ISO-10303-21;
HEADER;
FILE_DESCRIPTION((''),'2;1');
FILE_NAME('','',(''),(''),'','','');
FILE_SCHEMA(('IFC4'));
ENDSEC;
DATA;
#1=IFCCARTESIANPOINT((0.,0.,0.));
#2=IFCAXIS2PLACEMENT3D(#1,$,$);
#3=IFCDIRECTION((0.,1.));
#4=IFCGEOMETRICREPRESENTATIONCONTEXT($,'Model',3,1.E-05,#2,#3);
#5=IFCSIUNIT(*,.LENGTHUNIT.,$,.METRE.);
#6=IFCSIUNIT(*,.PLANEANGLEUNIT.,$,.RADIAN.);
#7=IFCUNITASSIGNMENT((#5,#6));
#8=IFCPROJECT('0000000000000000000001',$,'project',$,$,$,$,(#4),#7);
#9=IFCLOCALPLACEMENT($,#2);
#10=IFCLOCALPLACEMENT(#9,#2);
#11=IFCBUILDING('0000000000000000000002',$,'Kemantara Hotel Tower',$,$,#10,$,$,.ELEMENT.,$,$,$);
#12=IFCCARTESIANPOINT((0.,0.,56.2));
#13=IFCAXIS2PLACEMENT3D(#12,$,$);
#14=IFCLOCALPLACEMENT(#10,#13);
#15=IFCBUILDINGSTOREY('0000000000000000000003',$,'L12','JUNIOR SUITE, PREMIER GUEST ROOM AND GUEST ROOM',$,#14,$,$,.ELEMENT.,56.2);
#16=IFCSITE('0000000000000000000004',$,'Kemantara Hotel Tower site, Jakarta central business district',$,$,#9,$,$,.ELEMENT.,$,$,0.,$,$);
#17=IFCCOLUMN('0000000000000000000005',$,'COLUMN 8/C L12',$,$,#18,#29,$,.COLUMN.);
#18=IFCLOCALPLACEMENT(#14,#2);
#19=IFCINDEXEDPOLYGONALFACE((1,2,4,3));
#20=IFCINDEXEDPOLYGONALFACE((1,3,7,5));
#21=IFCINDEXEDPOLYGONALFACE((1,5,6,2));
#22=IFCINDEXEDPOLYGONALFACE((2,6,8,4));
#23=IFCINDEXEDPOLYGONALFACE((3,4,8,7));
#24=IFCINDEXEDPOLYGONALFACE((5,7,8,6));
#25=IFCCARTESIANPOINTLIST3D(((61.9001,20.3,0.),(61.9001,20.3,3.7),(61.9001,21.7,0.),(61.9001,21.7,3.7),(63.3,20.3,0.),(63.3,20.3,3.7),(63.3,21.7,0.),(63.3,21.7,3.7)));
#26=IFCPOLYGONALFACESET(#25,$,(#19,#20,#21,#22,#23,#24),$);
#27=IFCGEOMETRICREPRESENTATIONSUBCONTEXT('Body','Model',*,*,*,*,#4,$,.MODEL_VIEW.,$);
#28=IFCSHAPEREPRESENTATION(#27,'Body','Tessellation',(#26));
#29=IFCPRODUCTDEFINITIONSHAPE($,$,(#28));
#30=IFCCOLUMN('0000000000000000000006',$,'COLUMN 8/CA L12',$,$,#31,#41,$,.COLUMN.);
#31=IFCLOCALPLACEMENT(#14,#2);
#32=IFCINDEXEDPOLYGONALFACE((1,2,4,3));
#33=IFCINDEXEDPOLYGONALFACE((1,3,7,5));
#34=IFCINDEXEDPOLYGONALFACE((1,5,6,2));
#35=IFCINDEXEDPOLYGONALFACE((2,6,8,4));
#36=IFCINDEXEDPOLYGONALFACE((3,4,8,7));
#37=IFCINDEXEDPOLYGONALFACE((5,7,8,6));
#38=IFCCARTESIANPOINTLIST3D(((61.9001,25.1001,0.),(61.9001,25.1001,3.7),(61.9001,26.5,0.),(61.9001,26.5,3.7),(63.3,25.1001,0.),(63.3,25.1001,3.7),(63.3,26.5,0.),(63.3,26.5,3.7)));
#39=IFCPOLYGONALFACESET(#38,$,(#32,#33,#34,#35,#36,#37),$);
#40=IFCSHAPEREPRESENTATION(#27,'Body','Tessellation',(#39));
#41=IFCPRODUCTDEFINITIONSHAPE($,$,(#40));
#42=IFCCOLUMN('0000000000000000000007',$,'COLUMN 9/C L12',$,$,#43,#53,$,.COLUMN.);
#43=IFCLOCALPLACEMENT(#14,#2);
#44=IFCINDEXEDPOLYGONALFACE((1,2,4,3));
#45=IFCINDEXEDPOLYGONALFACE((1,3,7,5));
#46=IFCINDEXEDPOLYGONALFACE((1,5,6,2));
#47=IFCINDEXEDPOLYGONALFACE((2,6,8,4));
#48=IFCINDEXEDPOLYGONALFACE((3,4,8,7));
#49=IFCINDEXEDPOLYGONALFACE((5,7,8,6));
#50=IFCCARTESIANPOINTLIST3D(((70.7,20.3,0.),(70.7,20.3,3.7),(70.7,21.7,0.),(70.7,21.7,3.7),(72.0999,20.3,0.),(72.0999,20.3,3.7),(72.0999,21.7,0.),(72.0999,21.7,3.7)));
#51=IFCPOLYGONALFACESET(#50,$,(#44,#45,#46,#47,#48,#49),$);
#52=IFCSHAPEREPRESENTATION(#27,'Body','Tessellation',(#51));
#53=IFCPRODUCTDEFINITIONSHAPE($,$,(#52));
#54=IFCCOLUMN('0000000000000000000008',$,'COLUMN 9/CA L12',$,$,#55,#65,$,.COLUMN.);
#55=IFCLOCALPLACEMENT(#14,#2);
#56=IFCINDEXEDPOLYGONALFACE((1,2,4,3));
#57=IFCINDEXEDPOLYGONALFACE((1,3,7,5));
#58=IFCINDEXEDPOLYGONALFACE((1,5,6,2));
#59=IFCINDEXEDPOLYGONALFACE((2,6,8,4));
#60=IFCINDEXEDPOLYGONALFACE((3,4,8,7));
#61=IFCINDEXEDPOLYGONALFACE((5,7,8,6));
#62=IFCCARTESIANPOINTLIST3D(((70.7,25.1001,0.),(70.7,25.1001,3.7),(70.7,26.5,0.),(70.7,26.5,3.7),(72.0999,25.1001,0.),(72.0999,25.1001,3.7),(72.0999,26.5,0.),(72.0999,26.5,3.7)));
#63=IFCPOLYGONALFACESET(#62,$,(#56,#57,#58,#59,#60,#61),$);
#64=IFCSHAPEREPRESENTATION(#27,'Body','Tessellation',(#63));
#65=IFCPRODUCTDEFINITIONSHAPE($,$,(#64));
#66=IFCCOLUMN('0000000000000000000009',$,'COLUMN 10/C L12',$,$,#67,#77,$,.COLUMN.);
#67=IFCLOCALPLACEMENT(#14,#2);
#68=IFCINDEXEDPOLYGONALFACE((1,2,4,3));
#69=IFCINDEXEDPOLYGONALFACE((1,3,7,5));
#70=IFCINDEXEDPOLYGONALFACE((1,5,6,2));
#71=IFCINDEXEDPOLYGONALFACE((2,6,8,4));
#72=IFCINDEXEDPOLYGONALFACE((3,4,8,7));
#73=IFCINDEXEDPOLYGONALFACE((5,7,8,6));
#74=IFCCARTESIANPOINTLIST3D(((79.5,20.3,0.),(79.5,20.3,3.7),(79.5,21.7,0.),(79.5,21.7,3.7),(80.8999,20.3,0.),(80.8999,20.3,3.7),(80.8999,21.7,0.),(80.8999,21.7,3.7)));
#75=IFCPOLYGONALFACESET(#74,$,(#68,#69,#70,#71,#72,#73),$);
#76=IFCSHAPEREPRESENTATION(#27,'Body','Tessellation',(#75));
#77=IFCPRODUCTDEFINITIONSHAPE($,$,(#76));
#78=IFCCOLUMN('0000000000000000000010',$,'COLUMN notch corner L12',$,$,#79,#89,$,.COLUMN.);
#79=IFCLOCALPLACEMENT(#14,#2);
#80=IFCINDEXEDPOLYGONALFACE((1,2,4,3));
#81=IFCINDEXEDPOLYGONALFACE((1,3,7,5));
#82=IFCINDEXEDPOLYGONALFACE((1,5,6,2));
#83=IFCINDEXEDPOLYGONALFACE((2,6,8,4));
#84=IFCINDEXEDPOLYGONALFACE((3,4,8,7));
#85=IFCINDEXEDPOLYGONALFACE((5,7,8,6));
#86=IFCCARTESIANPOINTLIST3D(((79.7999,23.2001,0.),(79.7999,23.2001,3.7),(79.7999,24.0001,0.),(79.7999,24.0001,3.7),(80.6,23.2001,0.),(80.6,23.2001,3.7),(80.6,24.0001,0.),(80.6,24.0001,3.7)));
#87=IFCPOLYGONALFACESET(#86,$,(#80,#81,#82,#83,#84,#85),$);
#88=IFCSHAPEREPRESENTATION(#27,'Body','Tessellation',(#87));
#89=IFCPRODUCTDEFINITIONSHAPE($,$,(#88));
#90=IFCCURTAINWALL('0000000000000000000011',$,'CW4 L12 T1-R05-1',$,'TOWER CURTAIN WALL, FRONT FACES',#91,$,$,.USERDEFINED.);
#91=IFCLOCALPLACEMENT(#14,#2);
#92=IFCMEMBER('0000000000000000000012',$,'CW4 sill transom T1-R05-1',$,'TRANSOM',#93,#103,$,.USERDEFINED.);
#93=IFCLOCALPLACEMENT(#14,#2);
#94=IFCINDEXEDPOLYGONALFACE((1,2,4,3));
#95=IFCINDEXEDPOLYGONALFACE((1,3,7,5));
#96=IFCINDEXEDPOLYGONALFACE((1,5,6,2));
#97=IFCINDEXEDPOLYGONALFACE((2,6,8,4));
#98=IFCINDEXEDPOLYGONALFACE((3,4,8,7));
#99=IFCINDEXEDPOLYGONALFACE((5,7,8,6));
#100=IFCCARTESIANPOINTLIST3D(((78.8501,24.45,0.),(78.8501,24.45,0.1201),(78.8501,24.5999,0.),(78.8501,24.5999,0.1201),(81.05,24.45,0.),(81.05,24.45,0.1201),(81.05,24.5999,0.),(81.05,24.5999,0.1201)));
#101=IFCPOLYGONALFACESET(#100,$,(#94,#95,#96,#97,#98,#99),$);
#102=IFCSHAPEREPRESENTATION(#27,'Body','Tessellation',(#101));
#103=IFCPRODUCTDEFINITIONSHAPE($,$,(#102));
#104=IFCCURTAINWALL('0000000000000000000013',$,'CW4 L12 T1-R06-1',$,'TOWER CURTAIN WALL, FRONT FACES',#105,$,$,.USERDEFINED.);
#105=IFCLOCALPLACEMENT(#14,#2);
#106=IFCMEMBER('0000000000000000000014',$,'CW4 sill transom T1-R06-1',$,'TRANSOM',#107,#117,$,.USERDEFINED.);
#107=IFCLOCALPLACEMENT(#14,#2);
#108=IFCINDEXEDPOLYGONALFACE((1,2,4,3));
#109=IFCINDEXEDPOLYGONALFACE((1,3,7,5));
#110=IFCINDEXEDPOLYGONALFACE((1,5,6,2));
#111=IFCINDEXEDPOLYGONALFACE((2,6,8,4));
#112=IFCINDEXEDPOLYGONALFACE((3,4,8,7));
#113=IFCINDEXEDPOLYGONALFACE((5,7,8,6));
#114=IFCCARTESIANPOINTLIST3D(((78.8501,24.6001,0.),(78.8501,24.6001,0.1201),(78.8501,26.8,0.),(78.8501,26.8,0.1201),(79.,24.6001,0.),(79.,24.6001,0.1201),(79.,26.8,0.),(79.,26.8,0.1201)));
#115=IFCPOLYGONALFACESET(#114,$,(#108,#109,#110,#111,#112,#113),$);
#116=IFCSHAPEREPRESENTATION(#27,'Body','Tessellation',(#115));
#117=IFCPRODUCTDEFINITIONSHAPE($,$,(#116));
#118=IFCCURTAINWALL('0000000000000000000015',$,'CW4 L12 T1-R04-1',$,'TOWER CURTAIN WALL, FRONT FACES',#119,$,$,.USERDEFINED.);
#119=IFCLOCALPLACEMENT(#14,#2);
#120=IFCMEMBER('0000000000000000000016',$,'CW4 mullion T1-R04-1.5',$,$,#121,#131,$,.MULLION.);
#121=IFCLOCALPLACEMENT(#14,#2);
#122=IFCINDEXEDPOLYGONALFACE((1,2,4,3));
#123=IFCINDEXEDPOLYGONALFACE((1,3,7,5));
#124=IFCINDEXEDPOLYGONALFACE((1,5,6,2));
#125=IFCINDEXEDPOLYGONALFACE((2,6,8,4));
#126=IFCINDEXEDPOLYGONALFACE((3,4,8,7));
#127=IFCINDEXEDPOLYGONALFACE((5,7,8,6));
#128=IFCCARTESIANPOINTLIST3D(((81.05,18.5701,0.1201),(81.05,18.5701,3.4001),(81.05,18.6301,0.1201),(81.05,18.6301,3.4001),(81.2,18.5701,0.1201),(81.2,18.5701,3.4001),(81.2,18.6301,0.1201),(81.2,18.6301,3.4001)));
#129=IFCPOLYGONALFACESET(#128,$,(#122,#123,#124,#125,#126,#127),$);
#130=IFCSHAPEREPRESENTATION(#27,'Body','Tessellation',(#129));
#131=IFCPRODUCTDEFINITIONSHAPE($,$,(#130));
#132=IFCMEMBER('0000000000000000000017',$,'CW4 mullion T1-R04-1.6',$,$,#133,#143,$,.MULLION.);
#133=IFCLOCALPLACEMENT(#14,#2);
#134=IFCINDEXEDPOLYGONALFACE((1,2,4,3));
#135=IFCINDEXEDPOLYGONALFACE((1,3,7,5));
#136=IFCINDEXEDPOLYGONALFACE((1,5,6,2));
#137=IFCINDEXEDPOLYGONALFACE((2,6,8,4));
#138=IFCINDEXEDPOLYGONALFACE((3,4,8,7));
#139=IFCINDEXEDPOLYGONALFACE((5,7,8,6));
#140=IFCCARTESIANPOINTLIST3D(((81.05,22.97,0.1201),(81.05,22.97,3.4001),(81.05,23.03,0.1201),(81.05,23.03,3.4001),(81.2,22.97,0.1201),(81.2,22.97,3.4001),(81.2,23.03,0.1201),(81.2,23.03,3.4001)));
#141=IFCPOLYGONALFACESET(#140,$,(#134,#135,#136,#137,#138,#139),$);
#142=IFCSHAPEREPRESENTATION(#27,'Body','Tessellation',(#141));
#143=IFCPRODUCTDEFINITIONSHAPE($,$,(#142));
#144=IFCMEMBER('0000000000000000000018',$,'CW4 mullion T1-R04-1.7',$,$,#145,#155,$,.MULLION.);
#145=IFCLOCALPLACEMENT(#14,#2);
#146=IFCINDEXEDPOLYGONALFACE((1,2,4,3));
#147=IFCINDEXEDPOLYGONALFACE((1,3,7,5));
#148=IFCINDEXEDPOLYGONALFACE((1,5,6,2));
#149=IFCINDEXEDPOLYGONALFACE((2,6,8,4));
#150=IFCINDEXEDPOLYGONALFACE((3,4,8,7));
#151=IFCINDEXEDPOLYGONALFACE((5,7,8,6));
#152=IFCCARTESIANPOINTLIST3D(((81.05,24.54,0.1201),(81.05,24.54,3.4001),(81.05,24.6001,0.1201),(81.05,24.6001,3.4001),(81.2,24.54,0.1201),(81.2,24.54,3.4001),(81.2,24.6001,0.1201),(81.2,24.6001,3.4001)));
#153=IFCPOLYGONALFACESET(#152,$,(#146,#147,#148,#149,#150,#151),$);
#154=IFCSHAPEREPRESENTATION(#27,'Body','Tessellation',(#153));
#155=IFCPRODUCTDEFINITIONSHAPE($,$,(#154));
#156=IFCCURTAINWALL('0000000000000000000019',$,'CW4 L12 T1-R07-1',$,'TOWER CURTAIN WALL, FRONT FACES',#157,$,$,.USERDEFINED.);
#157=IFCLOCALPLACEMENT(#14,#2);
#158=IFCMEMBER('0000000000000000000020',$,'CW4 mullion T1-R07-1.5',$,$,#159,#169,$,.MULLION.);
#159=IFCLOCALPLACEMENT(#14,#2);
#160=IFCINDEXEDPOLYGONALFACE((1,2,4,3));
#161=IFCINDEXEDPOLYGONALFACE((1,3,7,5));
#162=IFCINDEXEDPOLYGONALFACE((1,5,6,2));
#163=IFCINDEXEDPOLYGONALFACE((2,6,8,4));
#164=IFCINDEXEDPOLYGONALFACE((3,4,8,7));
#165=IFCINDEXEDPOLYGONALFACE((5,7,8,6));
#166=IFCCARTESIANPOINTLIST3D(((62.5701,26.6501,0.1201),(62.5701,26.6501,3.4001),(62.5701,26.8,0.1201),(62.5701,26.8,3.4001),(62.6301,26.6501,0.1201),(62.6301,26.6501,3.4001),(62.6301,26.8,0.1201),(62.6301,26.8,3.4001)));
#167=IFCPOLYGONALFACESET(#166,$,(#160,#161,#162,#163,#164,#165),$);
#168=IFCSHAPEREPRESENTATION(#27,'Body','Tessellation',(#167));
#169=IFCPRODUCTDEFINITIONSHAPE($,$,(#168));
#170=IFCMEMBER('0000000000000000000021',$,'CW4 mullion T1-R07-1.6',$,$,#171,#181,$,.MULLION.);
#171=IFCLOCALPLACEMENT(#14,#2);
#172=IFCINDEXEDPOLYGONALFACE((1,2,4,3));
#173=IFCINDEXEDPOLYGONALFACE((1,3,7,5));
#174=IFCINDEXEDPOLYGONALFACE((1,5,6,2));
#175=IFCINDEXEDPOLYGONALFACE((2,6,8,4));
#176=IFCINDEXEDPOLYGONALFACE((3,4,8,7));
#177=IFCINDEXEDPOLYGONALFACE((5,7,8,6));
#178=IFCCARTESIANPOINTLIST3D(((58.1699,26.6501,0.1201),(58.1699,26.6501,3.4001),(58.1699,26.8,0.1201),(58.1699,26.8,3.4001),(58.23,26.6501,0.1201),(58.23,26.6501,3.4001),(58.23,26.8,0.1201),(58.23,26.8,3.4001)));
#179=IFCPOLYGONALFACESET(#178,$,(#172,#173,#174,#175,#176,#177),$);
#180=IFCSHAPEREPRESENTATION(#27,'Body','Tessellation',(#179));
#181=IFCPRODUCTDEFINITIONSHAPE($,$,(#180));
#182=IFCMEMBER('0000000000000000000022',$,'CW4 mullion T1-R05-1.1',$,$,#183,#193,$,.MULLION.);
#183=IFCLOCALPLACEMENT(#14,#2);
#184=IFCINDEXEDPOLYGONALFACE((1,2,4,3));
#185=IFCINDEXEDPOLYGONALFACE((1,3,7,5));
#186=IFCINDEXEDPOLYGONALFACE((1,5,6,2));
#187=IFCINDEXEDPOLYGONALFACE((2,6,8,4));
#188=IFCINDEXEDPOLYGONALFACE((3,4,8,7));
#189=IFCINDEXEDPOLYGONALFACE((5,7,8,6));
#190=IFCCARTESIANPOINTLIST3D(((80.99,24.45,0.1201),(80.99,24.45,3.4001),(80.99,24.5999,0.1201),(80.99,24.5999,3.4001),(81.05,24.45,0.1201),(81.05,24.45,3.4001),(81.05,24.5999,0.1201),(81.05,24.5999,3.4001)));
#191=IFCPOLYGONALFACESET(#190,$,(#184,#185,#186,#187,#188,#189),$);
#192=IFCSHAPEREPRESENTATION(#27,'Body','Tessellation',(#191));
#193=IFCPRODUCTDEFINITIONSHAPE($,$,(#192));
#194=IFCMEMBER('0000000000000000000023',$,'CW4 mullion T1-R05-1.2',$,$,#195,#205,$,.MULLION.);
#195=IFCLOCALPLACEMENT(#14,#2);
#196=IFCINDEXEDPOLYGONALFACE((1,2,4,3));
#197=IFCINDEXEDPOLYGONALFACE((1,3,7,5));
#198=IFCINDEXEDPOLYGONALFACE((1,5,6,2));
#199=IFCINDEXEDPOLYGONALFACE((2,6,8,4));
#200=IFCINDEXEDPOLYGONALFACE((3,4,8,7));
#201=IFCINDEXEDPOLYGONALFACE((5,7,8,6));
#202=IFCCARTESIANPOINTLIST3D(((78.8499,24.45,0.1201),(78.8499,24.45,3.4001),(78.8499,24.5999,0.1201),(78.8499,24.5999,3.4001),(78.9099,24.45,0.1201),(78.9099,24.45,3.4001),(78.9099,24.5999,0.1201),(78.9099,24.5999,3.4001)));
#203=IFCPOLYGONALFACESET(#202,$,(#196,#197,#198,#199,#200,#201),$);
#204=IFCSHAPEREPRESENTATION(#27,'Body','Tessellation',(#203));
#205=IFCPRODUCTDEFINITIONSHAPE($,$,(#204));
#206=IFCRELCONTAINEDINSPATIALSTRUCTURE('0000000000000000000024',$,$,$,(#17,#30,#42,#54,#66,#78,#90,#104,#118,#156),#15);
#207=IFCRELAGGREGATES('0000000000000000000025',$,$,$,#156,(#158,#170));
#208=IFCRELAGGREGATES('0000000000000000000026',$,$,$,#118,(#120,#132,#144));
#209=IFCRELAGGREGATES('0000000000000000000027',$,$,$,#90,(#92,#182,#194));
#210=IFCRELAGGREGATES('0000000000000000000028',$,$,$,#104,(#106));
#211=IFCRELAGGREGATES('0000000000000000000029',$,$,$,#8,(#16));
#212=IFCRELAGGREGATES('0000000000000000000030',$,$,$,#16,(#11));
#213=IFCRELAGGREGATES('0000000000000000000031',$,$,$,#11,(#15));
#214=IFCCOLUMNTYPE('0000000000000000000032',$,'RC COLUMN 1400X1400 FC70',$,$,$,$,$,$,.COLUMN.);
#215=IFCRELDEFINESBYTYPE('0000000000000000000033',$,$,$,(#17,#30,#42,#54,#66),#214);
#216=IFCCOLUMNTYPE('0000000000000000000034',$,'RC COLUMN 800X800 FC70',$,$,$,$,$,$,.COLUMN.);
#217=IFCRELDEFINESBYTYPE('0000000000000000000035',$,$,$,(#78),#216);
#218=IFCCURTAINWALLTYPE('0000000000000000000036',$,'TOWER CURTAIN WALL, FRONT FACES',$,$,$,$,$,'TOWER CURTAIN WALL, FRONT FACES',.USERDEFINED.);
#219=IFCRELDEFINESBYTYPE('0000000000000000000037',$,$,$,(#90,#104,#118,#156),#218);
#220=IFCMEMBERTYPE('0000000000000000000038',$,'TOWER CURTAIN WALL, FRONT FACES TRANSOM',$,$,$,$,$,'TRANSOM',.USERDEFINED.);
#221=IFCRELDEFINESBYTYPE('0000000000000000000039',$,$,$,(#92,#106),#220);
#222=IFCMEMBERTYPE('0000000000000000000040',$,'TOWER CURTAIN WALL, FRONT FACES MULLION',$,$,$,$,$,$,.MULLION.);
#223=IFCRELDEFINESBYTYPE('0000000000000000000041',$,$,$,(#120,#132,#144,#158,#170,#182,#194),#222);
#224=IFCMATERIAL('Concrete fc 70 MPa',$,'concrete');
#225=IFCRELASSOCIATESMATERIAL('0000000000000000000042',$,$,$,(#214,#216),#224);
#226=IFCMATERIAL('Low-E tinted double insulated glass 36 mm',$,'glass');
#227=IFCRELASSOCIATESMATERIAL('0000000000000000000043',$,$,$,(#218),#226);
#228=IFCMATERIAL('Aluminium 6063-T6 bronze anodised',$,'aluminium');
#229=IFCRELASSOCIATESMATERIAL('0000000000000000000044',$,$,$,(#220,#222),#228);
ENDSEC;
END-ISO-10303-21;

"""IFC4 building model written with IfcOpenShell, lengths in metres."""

from ifc_helpers import new_model, si_unit, direction, frame, origin, origin_2d, place, context, subcontext, project, spatial, rectangle, extrude, source, transform, mapped, material, material_profile, profile_set, type_object, element, aggregate, save


model = new_model("IFC4")

# Units and contexts
model_context = context("Model", 3, precision=1e-05, world=origin(), true_north=direction((0.0, 1.0)))
body_context = subcontext(model_context, "Body", "Model", "MODEL_VIEW")
ifc_project = project(units=[si_unit("LENGTHUNIT", "METRE"), si_unit("PLANEANGLEUNIT", "RADIAN")], contexts=[model_context])

# Site, building, storey
site_placement = place(None, origin())
site = spatial("IfcSite", under=ifc_project, at=site_placement, Name="Kemantara Hotel Tower site, Jakarta central business district", CompositionType="ELEMENT", RefElevation=0.0)
building_placement = place(site_placement, origin())
building = spatial("IfcBuilding", under=site, at=building_placement, Name="Kemantara Hotel Tower", CompositionType="ELEMENT")
storey_placement = place(building_placement, frame((0.0, 0.0, 56.2)))
storey = spatial("IfcBuildingStorey", under=building, at=storey_placement, Name="L12", Description="JUNIOR SUITE, PREMIER GUEST ROOM AND GUEST ROOM", CompositionType="ELEMENT", Elevation=56.2)

# Columns
ifc_material_1 = material(Name="Concrete fc 70 MPa", Category="concrete")
ifc_material_profile_1 = material_profile(ifc_material_1, rectangle(XDim=1.3999, YDim=1.3999, at=origin_2d()), Name="RC 1400X1400")
ifc_profile_set_1 = profile_set([ifc_material_profile_1], Name="Concrete fc 70 MPa")
column_type_1 = type_object("IfcColumnType", Name="RC COLUMN 1400X1400 FC70", PredefinedType="COLUMN", material=ifc_profile_set_1)
for number, where, z_axis, x_axis, name in (
    (1, (62.6001, 21.0, 0.0), (0.0, 0.0, 1.0), (1.0, 0.0, 0.0), "COLUMN 8/C L12"),
    (2, (62.6001, 25.8, 0.0), (0.0, 0.0, 1.0), (1.0, 0.0, 0.0), "COLUMN 8/CA L12"),
    (3, (71.3999, 21.0, 0.0), (0.0, 0.0, 1.0), (1.0, 0.0, 0.0), "COLUMN 9/C L12"),
    (4, (71.3999, 25.8, 0.0), (0.0, 0.0, 1.0), (1.0, 0.0, 0.0), "COLUMN 9/CA L12"),
    (5, (80.2, 21.0, 0.0), (0.0, 0.0, 1.0), (1.0, 0.0, 0.0), "COLUMN 10/C L12"),
):
    element("IfcColumn", number, at=place(storey_placement, frame(where, z_axis=z_axis, x_axis=x_axis)), inside=storey, type_object=column_type_1, Name=name, PredefinedType="COLUMN", context=body_context, shape_type="SweptSolid", body=[
        extrude(rectangle(XDim=1.3999, YDim=1.3999, at=origin_2d()), origin(), (0.0, 0.0, 1.0), 3.7),
    ])
ifc_material_profile_2 = material_profile(ifc_material_1, rectangle(XDim=0.8, YDim=0.8, at=origin_2d()), Name="RC 800X800")
ifc_profile_set_2 = profile_set([ifc_material_profile_2], Name="Concrete fc 70 MPa")
column_type_2 = type_object("IfcColumnType", Name="RC COLUMN 800X800 FC70", PredefinedType="COLUMN", material=ifc_profile_set_2)
column_placement = place(storey_placement, frame((80.2, 23.6001, 0.0), z_axis=(0.0, 0.0, 1.0), x_axis=(1.0, 0.0, 0.0)))
element("IfcColumn", 6, at=column_placement, inside=storey, type_object=column_type_2, Name="COLUMN notch corner L12", PredefinedType="COLUMN", context=body_context, shape_type="SweptSolid", body=[
    extrude(rectangle(XDim=0.8, YDim=0.8, at=origin_2d()), origin(), (0.0, 0.0, 1.0), 3.7),
])

# Curtain walls, members
ifc_material_2 = material(Name="Low-E tinted double insulated glass 36 mm", Category="glass")
curtain_wall_type = type_object("IfcCurtainWallType", Name="TOWER CURTAIN WALL, FRONT FACES", ElementType="TOWER CURTAIN WALL, FRONT FACES", PredefinedType="USERDEFINED", material=ifc_material_2)
curtain_wall_1_placement = place(storey_placement, origin())
curtain_wall_1 = element("IfcCurtainWall", 7, at=curtain_wall_1_placement, inside=storey, type_object=curtain_wall_type, Name="CW4 L12 T1-R05-1", ObjectType="TOWER CURTAIN WALL, FRONT FACES", PredefinedType="USERDEFINED")
ifc_material_3 = material(Name="Aluminium 6063-T6 bronze anodised", Category="aluminium")
ifc_material_profile_3 = material_profile(ifc_material_3, rectangle(XDim=0.1499, YDim=0.1201, at=origin_2d()), Name="TOWER CURTAIN WALL, FRONT FACES TRANSOM")
ifc_profile_set_3 = profile_set([ifc_material_profile_3], Name="Aluminium 6063-T6 bronze anodised")
member_type_1 = type_object("IfcMemberType", Name="TOWER CURTAIN WALL, FRONT FACES TRANSOM", ElementType="TRANSOM", PredefinedType="USERDEFINED", material=ifc_profile_set_3)
member_1_placement = place(storey_placement, frame((81.05, 24.5249, 0.0601), z_axis=(-1.0, 0.0, 0.0), x_axis=(0.0, -1.0, 0.0)))
member_1 = element("IfcMember", 8, at=member_1_placement, type_object=member_type_1, Name="CW4 sill transom T1-R05-1", ObjectType="TRANSOM", PredefinedType="USERDEFINED", context=body_context, shape_type="SweptSolid", body=[
    extrude(rectangle(XDim=0.1499, YDim=0.1201, at=origin_2d()), origin(), (0.0, 0.0, 1.0), 2.2),
])
curtain_wall_2_placement = place(storey_placement, origin())
curtain_wall_2 = element("IfcCurtainWall", 9, at=curtain_wall_2_placement, inside=storey, type_object=curtain_wall_type, Name="CW4 L12 T1-R06-1", ObjectType="TOWER CURTAIN WALL, FRONT FACES", PredefinedType="USERDEFINED")
member_2_placement = place(storey_placement, frame((78.925, 24.6001, 0.0601), z_axis=(0.0, 1.0, 0.0), x_axis=(-1.0, 0.0, 0.0)))
member_2 = element("IfcMember", 10, at=member_2_placement, type_object=member_type_1, Name="CW4 sill transom T1-R06-1", ObjectType="TRANSOM", PredefinedType="USERDEFINED", context=body_context, shape_type="SweptSolid", body=[
    extrude(rectangle(XDim=0.1499, YDim=0.1201, at=origin_2d()), origin(), (0.0, 0.0, 1.0), 2.2),
])

# Curtain walls, members
curtain_wall_3_placement = place(storey_placement, origin())
curtain_wall_3 = element("IfcCurtainWall", 11, at=curtain_wall_3_placement, inside=storey, type_object=curtain_wall_type, Name="CW4 L12 T1-R04-1", ObjectType="TOWER CURTAIN WALL, FRONT FACES", PredefinedType="USERDEFINED")
ifc_material_profile_4 = material_profile(ifc_material_3, rectangle(XDim=0.1499, YDim=0.0601, at=origin_2d()), Name="TOWER CURTAIN WALL, FRONT FACES MULLION")
ifc_profile_set_4 = profile_set([ifc_material_profile_4], Name="Aluminium 6063-T6 bronze anodised")
member_type_2 = type_object("IfcMemberType", Name="TOWER CURTAIN WALL, FRONT FACES MULLION", PredefinedType="MULLION", material=ifc_profile_set_4)
shared_shape_1 = source(origin(), body_context, "Body", "SweptSolid", [
    extrude(rectangle(XDim=0.1499, YDim=0.0601, at=origin_2d()), origin(), (0.0, 0.0, 1.0), 3.28),
])
member_3_placement = place(storey_placement, frame((81.125, 18.6001, 0.1201), z_axis=(0.0, 0.0, 1.0), x_axis=(-1.0, 0.0, 0.0)))
member_3 = element("IfcMember", 12, at=member_3_placement, type_object=member_type_2, Name="CW4 mullion T1-R04-1.5", PredefinedType="MULLION", context=body_context, shape_type="MappedRepresentation", body=[
    mapped(shared_shape_1, transform((0.0, 0.0, 0.0))),
])
member_4_placement = place(storey_placement, frame((81.125, 23.0, 0.1201), z_axis=(0.0, 0.0, 1.0), x_axis=(-1.0, 0.0, 0.0)))
member_4 = element("IfcMember", 13, at=member_4_placement, type_object=member_type_2, Name="CW4 mullion T1-R04-1.6", PredefinedType="MULLION", context=body_context, shape_type="MappedRepresentation", body=[
    mapped(shared_shape_1, transform((0.0, 0.0, 0.0))),
])
member_5_placement = place(storey_placement, frame((81.125, 24.5701, 0.1201), z_axis=(0.0, 0.0, 1.0), x_axis=(-1.0, 0.0, 0.0)))
member_5 = element("IfcMember", 14, at=member_5_placement, type_object=member_type_2, Name="CW4 mullion T1-R04-1.7", PredefinedType="MULLION", context=body_context, shape_type="MappedRepresentation", body=[
    mapped(shared_shape_1, transform((0.0, 0.0, 0.0))),
])
curtain_wall_4_placement = place(storey_placement, origin())
curtain_wall_4 = element("IfcCurtainWall", 15, at=curtain_wall_4_placement, inside=storey, type_object=curtain_wall_type, Name="CW4 L12 T1-R07-1", ObjectType="TOWER CURTAIN WALL, FRONT FACES", PredefinedType="USERDEFINED")
member_6_placement = place(storey_placement, frame((62.6001, 26.7251, 0.1201), z_axis=(0.0, 0.0, 1.0), x_axis=(0.0, -1.0, 0.0)))
member_6 = element("IfcMember", 16, at=member_6_placement, type_object=member_type_2, Name="CW4 mullion T1-R07-1.5", PredefinedType="MULLION", context=body_context, shape_type="MappedRepresentation", body=[
    mapped(shared_shape_1, transform((0.0, 0.0, 0.0))),
])
member_7_placement = place(storey_placement, frame((58.2, 26.7251, 0.1201), z_axis=(0.0, 0.0, 1.0), x_axis=(0.0, -1.0, 0.0)))
member_7 = element("IfcMember", 17, at=member_7_placement, type_object=member_type_2, Name="CW4 mullion T1-R07-1.6", PredefinedType="MULLION", context=body_context, shape_type="MappedRepresentation", body=[
    mapped(shared_shape_1, transform((0.0, 0.0, 0.0))),
])

# Members
member_8_placement = place(storey_placement, frame((81.02, 24.5249, 0.1201), z_axis=(0.0, 0.0, 1.0), x_axis=(0.0, -1.0, 0.0)))
member_8 = element("IfcMember", 18, at=member_8_placement, type_object=member_type_2, Name="CW4 mullion T1-R05-1.1", PredefinedType="MULLION", context=body_context, shape_type="MappedRepresentation", body=[
    mapped(shared_shape_1, transform((0.0, 0.0, 0.0))),
])
member_9_placement = place(storey_placement, frame((78.8799, 24.5249, 0.1201), z_axis=(0.0, 0.0, 1.0), x_axis=(0.0, -1.0, 0.0)))
member_9 = element("IfcMember", 19, at=member_9_placement, type_object=member_type_2, Name="CW4 mullion T1-R05-1.2", PredefinedType="MULLION", context=body_context, shape_type="MappedRepresentation", body=[
    mapped(shared_shape_1, transform((0.0, 0.0, 0.0))),
])

aggregate(curtain_wall_4, [member_6, member_7])
aggregate(curtain_wall_3, [member_3, member_4, member_5])
aggregate(curtain_wall_1, [member_1, member_8, member_9])
aggregate(curtain_wall_2, [member_2])

save(model, "model.ifc")
